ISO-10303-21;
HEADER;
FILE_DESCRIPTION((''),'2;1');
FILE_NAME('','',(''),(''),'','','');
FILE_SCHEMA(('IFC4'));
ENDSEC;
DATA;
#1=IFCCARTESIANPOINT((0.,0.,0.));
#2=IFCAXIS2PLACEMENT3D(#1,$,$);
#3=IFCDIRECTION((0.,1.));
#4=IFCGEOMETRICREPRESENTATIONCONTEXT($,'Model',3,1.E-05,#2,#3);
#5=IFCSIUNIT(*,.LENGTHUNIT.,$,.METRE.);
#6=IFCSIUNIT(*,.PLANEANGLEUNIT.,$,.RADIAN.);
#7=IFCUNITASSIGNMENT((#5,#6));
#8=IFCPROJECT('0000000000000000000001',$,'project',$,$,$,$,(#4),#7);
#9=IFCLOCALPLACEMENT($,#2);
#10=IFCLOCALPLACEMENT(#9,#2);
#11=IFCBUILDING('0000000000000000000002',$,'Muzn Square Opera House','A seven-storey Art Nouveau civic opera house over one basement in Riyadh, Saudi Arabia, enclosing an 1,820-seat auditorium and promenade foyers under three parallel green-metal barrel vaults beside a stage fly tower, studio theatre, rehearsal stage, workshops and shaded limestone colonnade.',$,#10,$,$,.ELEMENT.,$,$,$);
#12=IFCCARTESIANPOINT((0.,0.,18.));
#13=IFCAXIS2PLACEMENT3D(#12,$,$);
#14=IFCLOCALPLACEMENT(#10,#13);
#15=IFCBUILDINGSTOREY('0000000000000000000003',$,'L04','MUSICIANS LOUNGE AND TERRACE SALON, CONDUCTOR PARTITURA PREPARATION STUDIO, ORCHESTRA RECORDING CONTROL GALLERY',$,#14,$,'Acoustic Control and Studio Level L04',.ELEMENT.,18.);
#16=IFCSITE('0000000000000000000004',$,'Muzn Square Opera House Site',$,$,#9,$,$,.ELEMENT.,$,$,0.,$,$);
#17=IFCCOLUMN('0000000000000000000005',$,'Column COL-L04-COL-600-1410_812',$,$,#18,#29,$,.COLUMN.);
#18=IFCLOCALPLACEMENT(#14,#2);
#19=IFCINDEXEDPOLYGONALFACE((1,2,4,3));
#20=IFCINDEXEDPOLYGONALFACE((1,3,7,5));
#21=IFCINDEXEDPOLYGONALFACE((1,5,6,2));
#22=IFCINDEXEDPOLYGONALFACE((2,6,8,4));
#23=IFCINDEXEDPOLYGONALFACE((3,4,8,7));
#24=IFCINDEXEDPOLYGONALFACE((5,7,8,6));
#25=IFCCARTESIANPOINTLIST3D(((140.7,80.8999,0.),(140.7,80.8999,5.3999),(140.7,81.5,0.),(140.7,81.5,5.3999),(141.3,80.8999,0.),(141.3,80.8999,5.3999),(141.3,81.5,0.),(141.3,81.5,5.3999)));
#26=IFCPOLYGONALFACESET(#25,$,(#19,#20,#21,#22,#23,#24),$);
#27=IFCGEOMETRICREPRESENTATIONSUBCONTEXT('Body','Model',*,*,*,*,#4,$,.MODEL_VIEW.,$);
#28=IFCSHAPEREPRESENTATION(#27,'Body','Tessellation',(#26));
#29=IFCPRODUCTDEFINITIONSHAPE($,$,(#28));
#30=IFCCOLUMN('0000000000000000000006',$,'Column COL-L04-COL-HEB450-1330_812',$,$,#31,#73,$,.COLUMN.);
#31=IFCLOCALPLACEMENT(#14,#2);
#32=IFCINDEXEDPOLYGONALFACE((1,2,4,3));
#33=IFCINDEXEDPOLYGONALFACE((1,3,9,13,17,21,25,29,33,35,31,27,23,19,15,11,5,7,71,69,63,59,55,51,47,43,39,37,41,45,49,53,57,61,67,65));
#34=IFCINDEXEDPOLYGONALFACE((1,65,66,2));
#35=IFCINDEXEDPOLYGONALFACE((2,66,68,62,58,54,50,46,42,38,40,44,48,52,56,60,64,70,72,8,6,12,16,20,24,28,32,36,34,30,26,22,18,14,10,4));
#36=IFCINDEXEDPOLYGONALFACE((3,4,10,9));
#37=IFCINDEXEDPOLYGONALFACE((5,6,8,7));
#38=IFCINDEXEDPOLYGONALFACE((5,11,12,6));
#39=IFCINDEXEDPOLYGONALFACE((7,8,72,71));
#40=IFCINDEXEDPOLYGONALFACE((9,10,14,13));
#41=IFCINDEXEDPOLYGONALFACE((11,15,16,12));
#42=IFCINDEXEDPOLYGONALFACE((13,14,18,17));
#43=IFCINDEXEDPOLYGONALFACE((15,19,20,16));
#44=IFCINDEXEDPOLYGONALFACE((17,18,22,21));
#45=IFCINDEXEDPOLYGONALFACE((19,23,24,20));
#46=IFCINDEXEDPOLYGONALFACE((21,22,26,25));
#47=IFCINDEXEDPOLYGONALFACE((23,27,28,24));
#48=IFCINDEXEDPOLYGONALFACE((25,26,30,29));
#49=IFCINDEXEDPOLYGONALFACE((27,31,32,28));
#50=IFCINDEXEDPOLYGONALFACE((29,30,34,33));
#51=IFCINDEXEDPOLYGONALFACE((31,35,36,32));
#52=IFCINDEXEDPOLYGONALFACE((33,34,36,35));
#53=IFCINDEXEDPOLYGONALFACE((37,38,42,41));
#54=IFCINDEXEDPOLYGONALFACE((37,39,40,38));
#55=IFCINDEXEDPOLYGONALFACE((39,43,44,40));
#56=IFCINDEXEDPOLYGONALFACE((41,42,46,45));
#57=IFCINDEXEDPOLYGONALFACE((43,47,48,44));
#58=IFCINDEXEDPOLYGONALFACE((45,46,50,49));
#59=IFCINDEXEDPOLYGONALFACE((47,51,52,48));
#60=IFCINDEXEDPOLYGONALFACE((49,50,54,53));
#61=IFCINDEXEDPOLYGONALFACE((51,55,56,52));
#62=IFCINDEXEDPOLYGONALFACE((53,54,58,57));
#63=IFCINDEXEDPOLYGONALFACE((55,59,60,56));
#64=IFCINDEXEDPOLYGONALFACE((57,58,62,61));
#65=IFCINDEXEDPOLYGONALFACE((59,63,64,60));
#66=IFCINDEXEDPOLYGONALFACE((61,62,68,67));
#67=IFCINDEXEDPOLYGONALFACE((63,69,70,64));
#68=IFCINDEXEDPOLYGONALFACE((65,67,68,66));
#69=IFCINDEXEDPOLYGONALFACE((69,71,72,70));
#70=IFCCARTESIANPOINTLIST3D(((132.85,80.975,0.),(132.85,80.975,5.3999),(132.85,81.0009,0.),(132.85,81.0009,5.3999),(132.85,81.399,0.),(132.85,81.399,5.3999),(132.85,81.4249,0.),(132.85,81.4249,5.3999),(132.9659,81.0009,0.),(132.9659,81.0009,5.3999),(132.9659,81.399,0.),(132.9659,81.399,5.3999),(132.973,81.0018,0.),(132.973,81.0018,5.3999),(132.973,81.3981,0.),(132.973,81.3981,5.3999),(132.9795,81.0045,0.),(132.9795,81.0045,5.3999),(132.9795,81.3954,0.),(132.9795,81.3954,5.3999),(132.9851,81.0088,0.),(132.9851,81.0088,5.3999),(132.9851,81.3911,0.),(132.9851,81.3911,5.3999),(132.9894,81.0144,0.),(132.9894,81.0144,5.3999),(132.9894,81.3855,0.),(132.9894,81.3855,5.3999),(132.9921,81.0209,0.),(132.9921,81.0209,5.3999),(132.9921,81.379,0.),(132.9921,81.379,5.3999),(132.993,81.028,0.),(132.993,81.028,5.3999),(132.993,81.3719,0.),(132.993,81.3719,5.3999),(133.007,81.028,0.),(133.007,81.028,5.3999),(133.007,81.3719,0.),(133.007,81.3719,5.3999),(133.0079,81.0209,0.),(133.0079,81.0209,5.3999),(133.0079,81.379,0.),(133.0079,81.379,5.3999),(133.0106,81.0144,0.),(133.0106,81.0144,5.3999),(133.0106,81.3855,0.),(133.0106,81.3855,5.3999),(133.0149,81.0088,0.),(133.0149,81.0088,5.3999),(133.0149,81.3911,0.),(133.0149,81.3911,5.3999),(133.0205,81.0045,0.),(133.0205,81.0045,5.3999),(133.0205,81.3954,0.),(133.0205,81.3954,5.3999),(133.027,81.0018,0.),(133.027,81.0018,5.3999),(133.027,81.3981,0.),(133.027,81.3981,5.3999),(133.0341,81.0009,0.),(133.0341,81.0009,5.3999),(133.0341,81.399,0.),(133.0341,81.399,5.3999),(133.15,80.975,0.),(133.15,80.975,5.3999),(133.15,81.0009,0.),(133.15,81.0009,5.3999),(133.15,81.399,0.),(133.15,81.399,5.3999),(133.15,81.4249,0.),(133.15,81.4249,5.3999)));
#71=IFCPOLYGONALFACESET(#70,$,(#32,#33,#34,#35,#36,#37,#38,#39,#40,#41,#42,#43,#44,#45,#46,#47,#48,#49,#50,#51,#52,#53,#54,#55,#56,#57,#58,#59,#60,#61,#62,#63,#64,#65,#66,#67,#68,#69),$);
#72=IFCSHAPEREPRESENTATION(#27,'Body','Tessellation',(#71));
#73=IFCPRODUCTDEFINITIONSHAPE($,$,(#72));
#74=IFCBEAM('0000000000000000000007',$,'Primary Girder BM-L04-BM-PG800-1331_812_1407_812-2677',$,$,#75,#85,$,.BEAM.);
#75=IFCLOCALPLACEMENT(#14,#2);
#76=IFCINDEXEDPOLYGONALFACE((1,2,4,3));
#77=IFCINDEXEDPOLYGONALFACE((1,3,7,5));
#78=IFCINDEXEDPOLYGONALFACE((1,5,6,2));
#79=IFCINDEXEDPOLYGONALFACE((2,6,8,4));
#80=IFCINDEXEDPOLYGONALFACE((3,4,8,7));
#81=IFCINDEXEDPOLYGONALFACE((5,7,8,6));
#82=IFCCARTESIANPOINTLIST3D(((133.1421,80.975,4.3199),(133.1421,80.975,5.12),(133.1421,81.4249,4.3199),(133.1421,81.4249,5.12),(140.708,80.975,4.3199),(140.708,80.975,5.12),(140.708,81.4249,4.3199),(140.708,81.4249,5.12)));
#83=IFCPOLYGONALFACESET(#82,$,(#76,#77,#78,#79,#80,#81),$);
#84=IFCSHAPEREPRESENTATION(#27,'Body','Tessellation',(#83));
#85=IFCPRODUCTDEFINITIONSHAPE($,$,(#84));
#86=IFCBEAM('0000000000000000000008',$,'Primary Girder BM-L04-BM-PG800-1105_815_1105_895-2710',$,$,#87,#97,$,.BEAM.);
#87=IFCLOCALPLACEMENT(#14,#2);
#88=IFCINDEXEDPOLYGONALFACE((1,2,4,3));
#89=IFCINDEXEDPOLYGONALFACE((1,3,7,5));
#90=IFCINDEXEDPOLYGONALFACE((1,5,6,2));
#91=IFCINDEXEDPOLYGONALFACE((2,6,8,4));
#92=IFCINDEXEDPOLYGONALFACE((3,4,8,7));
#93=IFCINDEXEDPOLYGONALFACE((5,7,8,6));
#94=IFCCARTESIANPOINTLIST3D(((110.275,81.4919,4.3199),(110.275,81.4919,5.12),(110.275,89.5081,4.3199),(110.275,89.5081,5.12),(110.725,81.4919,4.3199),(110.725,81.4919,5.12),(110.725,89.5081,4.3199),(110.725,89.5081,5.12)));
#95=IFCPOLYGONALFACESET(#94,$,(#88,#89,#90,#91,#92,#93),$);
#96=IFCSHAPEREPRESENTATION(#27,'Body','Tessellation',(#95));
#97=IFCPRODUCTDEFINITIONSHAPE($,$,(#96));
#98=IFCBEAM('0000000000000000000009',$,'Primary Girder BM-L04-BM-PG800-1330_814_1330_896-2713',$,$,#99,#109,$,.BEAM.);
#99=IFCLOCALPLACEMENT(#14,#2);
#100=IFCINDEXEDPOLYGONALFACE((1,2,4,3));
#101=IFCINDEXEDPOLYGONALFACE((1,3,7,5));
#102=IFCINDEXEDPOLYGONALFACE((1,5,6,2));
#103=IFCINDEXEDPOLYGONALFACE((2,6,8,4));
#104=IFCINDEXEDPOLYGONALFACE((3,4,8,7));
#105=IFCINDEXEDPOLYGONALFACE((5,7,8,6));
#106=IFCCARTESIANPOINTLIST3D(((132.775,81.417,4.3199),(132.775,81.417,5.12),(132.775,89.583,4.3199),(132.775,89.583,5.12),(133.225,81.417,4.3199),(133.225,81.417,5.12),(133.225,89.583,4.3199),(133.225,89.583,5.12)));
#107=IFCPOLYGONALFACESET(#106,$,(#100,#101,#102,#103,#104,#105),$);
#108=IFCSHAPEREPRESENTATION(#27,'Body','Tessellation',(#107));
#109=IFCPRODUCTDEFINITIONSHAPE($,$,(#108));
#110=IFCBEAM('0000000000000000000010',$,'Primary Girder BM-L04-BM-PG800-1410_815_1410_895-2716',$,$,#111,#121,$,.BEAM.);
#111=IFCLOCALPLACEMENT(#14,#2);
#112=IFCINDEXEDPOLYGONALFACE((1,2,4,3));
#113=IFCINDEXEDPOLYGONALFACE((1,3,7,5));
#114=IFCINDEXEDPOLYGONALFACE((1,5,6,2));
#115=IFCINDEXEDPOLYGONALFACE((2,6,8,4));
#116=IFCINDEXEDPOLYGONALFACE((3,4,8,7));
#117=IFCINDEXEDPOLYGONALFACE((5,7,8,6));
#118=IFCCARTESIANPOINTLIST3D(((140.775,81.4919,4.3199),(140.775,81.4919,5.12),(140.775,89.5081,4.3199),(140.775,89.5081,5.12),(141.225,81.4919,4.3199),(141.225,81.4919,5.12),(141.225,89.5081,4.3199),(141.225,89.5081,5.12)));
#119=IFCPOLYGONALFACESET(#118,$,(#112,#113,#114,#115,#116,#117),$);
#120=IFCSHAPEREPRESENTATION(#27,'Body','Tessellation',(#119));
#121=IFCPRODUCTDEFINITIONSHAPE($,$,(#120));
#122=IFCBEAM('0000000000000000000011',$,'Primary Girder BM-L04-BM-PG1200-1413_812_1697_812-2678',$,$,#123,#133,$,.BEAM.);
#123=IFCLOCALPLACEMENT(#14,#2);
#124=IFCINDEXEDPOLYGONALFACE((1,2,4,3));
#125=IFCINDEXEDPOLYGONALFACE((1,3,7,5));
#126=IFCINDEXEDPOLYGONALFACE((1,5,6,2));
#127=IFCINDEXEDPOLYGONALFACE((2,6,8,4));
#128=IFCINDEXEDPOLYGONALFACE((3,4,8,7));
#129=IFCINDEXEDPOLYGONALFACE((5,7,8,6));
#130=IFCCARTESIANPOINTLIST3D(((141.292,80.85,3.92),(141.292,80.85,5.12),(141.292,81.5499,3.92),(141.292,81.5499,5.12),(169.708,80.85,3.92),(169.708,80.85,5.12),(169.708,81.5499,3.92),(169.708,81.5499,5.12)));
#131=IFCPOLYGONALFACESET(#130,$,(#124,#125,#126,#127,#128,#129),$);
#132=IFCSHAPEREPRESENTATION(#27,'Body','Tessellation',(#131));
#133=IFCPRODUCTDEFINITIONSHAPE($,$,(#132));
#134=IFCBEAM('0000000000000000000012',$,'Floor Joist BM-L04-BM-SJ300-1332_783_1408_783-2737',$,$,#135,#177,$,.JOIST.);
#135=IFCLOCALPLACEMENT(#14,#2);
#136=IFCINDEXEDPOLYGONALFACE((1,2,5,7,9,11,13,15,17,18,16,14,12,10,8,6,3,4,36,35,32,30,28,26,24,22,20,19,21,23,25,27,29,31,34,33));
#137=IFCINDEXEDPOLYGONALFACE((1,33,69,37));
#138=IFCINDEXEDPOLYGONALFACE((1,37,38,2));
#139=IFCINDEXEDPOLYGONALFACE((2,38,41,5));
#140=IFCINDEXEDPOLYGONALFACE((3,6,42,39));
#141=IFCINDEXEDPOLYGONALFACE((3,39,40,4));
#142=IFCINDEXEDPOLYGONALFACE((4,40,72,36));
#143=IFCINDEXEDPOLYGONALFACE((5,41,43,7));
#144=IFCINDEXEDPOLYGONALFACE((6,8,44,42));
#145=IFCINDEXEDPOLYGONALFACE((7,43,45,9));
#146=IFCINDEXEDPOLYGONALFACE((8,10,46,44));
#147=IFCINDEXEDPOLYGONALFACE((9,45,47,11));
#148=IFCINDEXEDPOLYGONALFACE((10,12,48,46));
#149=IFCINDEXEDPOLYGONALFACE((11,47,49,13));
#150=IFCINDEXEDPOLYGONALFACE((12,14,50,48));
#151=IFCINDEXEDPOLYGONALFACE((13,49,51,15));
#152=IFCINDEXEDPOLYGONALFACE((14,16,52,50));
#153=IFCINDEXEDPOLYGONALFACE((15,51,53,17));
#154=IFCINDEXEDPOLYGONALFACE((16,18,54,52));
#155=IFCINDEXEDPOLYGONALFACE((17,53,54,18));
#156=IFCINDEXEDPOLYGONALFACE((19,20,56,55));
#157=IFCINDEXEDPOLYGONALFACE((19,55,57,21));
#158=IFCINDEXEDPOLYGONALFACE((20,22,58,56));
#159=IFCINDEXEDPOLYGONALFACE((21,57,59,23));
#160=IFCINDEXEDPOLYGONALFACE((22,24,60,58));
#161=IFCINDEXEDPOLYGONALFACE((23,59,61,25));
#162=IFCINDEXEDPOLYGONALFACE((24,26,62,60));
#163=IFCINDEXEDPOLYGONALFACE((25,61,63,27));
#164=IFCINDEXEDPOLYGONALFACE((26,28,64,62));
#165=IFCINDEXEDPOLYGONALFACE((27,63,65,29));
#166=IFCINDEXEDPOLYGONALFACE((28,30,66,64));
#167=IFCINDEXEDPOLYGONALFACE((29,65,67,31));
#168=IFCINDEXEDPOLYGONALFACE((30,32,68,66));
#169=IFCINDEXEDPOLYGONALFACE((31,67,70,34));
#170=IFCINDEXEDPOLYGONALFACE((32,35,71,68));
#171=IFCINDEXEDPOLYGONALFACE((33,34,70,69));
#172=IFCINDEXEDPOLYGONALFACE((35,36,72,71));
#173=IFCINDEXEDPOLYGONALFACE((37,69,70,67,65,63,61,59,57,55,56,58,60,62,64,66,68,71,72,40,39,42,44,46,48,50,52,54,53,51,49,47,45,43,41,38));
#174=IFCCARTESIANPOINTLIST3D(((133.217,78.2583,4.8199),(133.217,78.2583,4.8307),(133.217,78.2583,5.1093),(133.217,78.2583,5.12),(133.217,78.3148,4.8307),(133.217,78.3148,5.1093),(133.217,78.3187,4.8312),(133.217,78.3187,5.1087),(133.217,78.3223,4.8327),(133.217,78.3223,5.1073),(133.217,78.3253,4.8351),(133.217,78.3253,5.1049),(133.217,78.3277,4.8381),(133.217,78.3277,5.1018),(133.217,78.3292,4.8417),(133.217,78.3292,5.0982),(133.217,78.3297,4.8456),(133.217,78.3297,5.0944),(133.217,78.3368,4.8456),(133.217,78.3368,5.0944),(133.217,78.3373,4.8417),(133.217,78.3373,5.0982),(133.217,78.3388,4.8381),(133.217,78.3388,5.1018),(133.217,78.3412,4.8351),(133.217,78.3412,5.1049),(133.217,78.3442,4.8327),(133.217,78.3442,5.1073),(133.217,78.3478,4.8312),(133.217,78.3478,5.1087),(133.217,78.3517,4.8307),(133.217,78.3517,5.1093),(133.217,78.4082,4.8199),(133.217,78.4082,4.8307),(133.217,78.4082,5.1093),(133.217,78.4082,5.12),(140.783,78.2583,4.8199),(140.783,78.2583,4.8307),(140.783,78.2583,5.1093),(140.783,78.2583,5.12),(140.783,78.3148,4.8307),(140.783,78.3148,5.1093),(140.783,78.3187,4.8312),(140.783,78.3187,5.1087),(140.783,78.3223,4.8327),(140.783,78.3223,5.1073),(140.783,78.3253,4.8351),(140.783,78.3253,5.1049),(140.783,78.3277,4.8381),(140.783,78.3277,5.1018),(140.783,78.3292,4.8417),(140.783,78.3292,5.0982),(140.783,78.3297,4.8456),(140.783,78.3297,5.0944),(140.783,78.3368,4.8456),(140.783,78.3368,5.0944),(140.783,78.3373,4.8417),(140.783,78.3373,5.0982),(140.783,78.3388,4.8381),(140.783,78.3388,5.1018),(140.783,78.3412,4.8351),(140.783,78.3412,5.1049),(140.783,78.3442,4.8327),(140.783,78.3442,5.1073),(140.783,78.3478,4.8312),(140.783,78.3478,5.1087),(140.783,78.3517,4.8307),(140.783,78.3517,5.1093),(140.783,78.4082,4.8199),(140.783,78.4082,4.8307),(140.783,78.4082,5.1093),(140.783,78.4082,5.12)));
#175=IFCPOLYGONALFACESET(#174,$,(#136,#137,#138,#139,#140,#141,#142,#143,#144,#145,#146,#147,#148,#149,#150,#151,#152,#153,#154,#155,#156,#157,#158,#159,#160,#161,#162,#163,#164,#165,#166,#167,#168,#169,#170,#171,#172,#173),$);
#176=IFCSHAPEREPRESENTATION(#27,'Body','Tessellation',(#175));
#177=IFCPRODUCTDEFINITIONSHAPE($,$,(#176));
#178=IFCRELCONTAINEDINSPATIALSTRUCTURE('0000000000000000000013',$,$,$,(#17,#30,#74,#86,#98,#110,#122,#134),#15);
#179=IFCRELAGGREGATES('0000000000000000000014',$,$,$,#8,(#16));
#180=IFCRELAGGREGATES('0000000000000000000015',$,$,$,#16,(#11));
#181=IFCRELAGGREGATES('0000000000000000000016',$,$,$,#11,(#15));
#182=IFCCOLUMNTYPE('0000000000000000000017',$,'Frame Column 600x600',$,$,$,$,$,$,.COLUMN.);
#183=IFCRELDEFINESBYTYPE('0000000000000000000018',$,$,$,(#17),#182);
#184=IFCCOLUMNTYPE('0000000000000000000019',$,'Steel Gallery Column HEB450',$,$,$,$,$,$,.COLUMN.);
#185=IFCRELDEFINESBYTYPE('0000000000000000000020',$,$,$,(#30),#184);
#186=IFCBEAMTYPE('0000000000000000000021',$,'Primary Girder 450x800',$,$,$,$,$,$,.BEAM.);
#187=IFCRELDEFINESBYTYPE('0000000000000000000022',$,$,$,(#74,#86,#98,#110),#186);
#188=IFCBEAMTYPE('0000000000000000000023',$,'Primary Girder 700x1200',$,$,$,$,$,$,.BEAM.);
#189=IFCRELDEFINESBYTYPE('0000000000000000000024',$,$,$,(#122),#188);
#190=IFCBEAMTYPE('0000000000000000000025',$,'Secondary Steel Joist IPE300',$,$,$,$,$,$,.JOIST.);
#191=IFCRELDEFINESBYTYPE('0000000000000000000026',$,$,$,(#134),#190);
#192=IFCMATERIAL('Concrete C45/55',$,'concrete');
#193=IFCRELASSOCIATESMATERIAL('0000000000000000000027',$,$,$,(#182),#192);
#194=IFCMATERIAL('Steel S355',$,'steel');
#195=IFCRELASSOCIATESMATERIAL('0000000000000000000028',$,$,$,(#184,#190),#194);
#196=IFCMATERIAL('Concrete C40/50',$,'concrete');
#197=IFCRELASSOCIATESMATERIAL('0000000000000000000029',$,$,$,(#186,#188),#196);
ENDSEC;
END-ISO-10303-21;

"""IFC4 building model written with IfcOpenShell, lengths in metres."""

from ifc_helpers import new_model, si_unit, direction, frame, origin, origin_2d, place, context, subcontext, project, spatial, rectangle, i_section, extrude, material, material_profile, profile_set, type_object, element, save


model = new_model("IFC4")

# Units and contexts
model_context = context("Model", 3, precision=1e-05, world=origin(), true_north=direction((0.0, 1.0)))
body_context = subcontext(model_context, "Body", "Model", "MODEL_VIEW")
ifc_project = project(units=[si_unit("LENGTHUNIT", "METRE"), si_unit("PLANEANGLEUNIT", "RADIAN")], contexts=[model_context])

# Site, building, storey
site_placement = place(None, origin())
site = spatial("IfcSite", under=ifc_project, at=site_placement, Name="Muzn Square Opera House Site", CompositionType="ELEMENT", RefElevation=0.0)
building_placement = place(site_placement, origin())
building = spatial("IfcBuilding", under=site, at=building_placement, Name="Muzn Square Opera House", Description="A seven-storey Art Nouveau civic opera house over one basement in Riyadh, Saudi Arabia, enclosing an 1,820-seat auditorium and promenade foyers under three parallel green-metal barrel vaults beside a stage fly tower, studio theatre, rehearsal stage, workshops and shaded limestone colonnade.", CompositionType="ELEMENT")
storey_placement = place(building_placement, frame((0.0, 0.0, 18.0)))
storey = spatial("IfcBuildingStorey", under=building, at=storey_placement, Name="L04", Description="MUSICIANS LOUNGE AND TERRACE SALON, CONDUCTOR PARTITURA PREPARATION STUDIO, ORCHESTRA RECORDING CONTROL GALLERY", LongName="Acoustic Control and Studio Level L04", CompositionType="ELEMENT", Elevation=18.0)

# Columns
ifc_material_1 = material(Name="Concrete C45/55", Category="concrete")
ifc_material_profile_1 = material_profile(ifc_material_1, rectangle(XDim=0.6001, YDim=0.6001, at=origin_2d()), Name="RC 600x600", Category="concrete")
ifc_profile_set_1 = profile_set([ifc_material_profile_1], Name="Concrete C45/55")
column_type_1 = type_object("IfcColumnType", Name="Frame Column 600x600", PredefinedType="COLUMN", material=ifc_profile_set_1)
column_1_placement = place(storey_placement, frame((141.0, 81.2, 0.0), z_axis=(0.0, 0.0, 1.0), x_axis=(1.0, 0.0, 0.0)))
element("IfcColumn", 1, at=column_1_placement, inside=storey, type_object=column_type_1, Name="Column COL-L04-COL-600-1410_812", PredefinedType="COLUMN", context=body_context, shape_type="SweptSolid", body=[
    extrude(rectangle(XDim=0.6001, YDim=0.6001, at=origin_2d()), origin(), (0.0, 0.0, 1.0), 5.3999),
])
ifc_material_2 = material(Name="Steel S355", Category="steel")
ifc_material_profile_2 = material_profile(ifc_material_2, i_section(OverallWidth=0.3, OverallDepth=0.45, WebThickness=0.0139, FlangeThickness=0.0259, FilletRadius=0.0271, at=origin_2d()), Name="HEB 450", Category="steel")
ifc_profile_set_2 = profile_set([ifc_material_profile_2], Name="Steel S355")
column_type_2 = type_object("IfcColumnType", Name="Steel Gallery Column HEB450", PredefinedType="COLUMN", material=ifc_profile_set_2)
column_2_placement = place(storey_placement, frame((133.0, 81.2, 0.0), z_axis=(0.0, 0.0, 1.0), x_axis=(1.0, 0.0, 0.0)))
element("IfcColumn", 2, at=column_2_placement, inside=storey, type_object=column_type_2, Name="Column COL-L04-COL-HEB450-1330_812", PredefinedType="COLUMN", context=body_context, shape_type="SweptSolid", body=[
    extrude(i_section(OverallWidth=0.3, OverallDepth=0.45, WebThickness=0.0139, FlangeThickness=0.0259, FilletRadius=0.0271, at=origin_2d()), origin(), (0.0, 0.0, 1.0), 5.3999),
])

# Beams
ifc_material_3 = material(Name="Concrete C40/50", Category="concrete")
ifc_material_profile_3 = material_profile(ifc_material_3, rectangle(XDim=0.45, YDim=0.8, at=origin_2d()), Name="RCB 450x800", Category="concrete")
ifc_profile_set_3 = profile_set([ifc_material_profile_3], Name="Concrete C40/50")
beam_type_1 = type_object("IfcBeamType", Name="Primary Girder 450x800", PredefinedType="BEAM", material=ifc_profile_set_3)
beam_1_placement = place(storey_placement, frame((133.1421, 81.2, 4.72), z_axis=(1.0, 0.0, 0.0), x_axis=(0.0, 1.0, 0.0)))
element("IfcBeam", 3, at=beam_1_placement, inside=storey, type_object=beam_type_1, Name="Primary Girder BM-L04-BM-PG800-1331_812_1407_812-2677", PredefinedType="BEAM", context=body_context, shape_type="SweptSolid", body=[
    extrude(rectangle(XDim=0.45, YDim=0.8, at=origin_2d()), origin(), (0.0, 0.0, 1.0), 7.5659),
])
beam_2_placement = place(storey_placement, frame((110.5, 81.4919, 4.72), z_axis=(0.0, 1.0, 0.0), x_axis=(-1.0, 0.0, 0.0)))
element("IfcBeam", 4, at=beam_2_placement, inside=storey, type_object=beam_type_1, Name="Primary Girder BM-L04-BM-PG800-1105_815_1105_895-2710", PredefinedType="BEAM", context=body_context, shape_type="SweptSolid", body=[
    extrude(rectangle(XDim=0.45, YDim=0.8, at=origin_2d()), origin(), (0.0, 0.0, 1.0), 8.0161),
])
beam_3_placement = place(storey_placement, frame((133.0, 81.417, 4.72), z_axis=(0.0, 1.0, 0.0), x_axis=(-1.0, 0.0, 0.0)))
element("IfcBeam", 5, at=beam_3_placement, inside=storey, type_object=beam_type_1, Name="Primary Girder BM-L04-BM-PG800-1330_814_1330_896-2713", PredefinedType="BEAM", context=body_context, shape_type="SweptSolid", body=[
    extrude(rectangle(XDim=0.45, YDim=0.8, at=origin_2d()), origin(), (0.0, 0.0, 1.0), 8.166),
])
beam_4_placement = place(storey_placement, frame((141.0, 81.4919, 4.72), z_axis=(0.0, 1.0, 0.0), x_axis=(-1.0, 0.0, 0.0)))
element("IfcBeam", 6, at=beam_4_placement, inside=storey, type_object=beam_type_1, Name="Primary Girder BM-L04-BM-PG800-1410_815_1410_895-2716", PredefinedType="BEAM", context=body_context, shape_type="SweptSolid", body=[
    extrude(rectangle(XDim=0.45, YDim=0.8, at=origin_2d()), origin(), (0.0, 0.0, 1.0), 8.0161),
])
ifc_material_profile_4 = material_profile(ifc_material_3, rectangle(XDim=0.7, YDim=1.2, at=origin_2d()), Name="RCB 700x1200", Category="concrete")
ifc_profile_set_4 = profile_set([ifc_material_profile_4], Name="Concrete C40/50")
beam_type_2 = type_object("IfcBeamType", Name="Primary Girder 700x1200", PredefinedType="BEAM", material=ifc_profile_set_4)
beam_5_placement = place(storey_placement, frame((141.292, 81.2, 4.52), z_axis=(1.0, 0.0, 0.0), x_axis=(0.0, 1.0, 0.0)))
element("IfcBeam", 7, at=beam_5_placement, inside=storey, type_object=beam_type_2, Name="Primary Girder BM-L04-BM-PG1200-1413_812_1697_812-2678", PredefinedType="BEAM", context=body_context, shape_type="SweptSolid", body=[
    extrude(rectangle(XDim=0.7, YDim=1.2, at=origin_2d()), origin(), (0.0, 0.0, 1.0), 28.416),
])
ifc_material_profile_5 = material_profile(ifc_material_2, i_section(OverallWidth=0.1499, OverallDepth=0.3, WebThickness=0.0071, FlangeThickness=0.0107, FilletRadius=0.0149, at=origin_2d()), Name="IPE 300", Category="steel")
ifc_profile_set_5 = profile_set([ifc_material_profile_5], Name="Steel S355")
beam_type_3 = type_object("IfcBeamType", Name="Secondary Steel Joist IPE300", PredefinedType="JOIST", material=ifc_profile_set_5)
for number, where, z_axis, x_axis, name in (
    (8, (133.217, 78.3333, 4.97), (1.0, 0.0, 0.0), (0.0, 1.0, 0.0), "Floor Joist BM-L04-BM-SJ300-1332_783_1408_783-2737"),
):
    element("IfcBeam", number, at=place(storey_placement, frame(where, z_axis=z_axis, x_axis=x_axis)), inside=storey, type_object=beam_type_3, Name=name, PredefinedType="JOIST", context=body_context, shape_type="SweptSolid", body=[
        extrude(i_section(OverallWidth=0.1499, OverallDepth=0.3, WebThickness=0.0071, FlangeThickness=0.0107, FilletRadius=0.0149, at=origin_2d()), origin(), (0.0, 0.0, 1.0), 7.5659),
    ])

save(model, "model.ifc")
